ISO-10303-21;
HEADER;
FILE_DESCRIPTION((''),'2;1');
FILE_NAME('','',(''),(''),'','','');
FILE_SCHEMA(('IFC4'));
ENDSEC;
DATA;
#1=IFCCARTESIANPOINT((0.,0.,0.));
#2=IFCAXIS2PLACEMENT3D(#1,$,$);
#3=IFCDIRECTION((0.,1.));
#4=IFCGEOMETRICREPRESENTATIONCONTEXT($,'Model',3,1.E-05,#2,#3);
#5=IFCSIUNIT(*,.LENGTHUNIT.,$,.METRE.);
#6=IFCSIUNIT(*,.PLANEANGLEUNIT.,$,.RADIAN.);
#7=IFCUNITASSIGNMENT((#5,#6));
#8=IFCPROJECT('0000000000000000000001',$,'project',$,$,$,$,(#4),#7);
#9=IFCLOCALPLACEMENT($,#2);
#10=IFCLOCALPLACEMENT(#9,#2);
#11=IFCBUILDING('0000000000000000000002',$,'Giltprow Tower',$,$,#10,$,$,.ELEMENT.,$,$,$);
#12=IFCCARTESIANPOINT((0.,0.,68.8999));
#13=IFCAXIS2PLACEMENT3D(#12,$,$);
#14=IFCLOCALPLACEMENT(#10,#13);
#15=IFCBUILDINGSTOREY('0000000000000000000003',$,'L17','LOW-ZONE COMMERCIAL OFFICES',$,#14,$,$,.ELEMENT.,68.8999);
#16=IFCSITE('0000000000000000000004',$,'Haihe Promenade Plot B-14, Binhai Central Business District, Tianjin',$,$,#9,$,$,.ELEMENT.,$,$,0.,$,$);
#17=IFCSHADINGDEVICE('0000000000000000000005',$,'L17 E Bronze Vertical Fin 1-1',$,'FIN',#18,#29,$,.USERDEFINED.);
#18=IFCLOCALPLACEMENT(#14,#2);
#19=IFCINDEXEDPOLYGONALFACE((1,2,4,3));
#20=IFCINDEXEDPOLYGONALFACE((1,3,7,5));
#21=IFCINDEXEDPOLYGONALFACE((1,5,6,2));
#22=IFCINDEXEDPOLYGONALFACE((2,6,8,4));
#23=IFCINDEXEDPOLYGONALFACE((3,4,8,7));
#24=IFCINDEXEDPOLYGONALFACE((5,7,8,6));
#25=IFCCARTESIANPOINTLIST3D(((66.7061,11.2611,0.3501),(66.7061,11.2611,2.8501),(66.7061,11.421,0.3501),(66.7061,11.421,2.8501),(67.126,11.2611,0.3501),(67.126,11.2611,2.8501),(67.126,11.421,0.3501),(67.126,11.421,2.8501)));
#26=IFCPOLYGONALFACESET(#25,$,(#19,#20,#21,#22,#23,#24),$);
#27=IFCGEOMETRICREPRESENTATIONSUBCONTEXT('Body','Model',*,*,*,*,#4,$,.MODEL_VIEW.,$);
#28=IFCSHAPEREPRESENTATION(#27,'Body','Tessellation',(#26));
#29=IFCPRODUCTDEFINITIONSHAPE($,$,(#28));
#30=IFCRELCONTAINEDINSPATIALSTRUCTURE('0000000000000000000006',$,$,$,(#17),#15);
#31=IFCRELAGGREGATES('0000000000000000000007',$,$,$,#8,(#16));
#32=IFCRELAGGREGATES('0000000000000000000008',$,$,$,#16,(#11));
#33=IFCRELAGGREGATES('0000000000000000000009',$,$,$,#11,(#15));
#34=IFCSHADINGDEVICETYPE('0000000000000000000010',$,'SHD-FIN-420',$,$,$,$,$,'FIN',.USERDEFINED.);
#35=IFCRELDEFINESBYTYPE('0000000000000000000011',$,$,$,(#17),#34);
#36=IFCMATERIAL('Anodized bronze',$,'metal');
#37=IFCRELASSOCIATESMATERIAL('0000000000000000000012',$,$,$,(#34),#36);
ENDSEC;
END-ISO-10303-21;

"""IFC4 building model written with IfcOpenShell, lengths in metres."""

from ifc_helpers import new_model, si_unit, direction, frame, origin, origin_2d, place, context, subcontext, project, spatial, rectangle, extrude, source, transform, mapped, material, type_object, element, save


model = new_model("IFC4")

# Units and contexts
model_context = context("Model", 3, precision=1e-05, world=origin(), true_north=direction((0.0, 1.0)))
body_context = subcontext(model_context, "Body", "Model", "MODEL_VIEW")
ifc_project = project(units=[si_unit("LENGTHUNIT", "METRE"), si_unit("PLANEANGLEUNIT", "RADIAN")], contexts=[model_context])

# Site, building, storey
site_placement = place(None, origin())
site = spatial("IfcSite", under=ifc_project, at=site_placement, Name="Haihe Promenade Plot B-14, Binhai Central Business District, Tianjin", CompositionType="ELEMENT", RefElevation=0.0)
building_placement = place(site_placement, origin())
building = spatial("IfcBuilding", under=site, at=building_placement, Name="Giltprow Tower", CompositionType="ELEMENT")
storey_placement = place(building_placement, frame((0.0, 0.0, 68.8999)))
storey = spatial("IfcBuildingStorey", under=building, at=storey_placement, Name="L17", Description="LOW-ZONE COMMERCIAL OFFICES", CompositionType="ELEMENT", Elevation=68.8999)

# Shared definitions
ifc_material_1 = material(Name="Anodized bronze", Category="metal")

# Shading device
shading_device_type = type_object("IfcShadingDeviceType", Name="SHD-FIN-420", ElementType="FIN", PredefinedType="USERDEFINED", material=ifc_material_1)
shared_shape_1 = source(origin(), body_context, "Body", "SweptSolid", [
    extrude(rectangle(XDim=0.4199, YDim=0.1599, at=origin_2d()), origin(), (0.0, 0.0, 1.0), 2.5),
])
shading_device_placement = place(storey_placement, frame((66.916, 11.3411, 0.3501), z_axis=(0.0, 0.0, 1.0), x_axis=(1.0, 0.0, 0.0)))
element("IfcShadingDevice", 1, at=shading_device_placement, inside=storey, type_object=shading_device_type, Name="L17 E Bronze Vertical Fin 1-1", ObjectType="FIN", PredefinedType="USERDEFINED", context=body_context, shape_type="MappedRepresentation", body=[
    mapped(shared_shape_1, transform((0.0, 0.0, 0.0), x_axis=(1.0, 0.0, 0.0), y_axis=(0.0, 1.0, 0.0), z_axis=(0.0, 0.0, 1.0), scale=1.0)),
])

save(model, "model.ifc")
